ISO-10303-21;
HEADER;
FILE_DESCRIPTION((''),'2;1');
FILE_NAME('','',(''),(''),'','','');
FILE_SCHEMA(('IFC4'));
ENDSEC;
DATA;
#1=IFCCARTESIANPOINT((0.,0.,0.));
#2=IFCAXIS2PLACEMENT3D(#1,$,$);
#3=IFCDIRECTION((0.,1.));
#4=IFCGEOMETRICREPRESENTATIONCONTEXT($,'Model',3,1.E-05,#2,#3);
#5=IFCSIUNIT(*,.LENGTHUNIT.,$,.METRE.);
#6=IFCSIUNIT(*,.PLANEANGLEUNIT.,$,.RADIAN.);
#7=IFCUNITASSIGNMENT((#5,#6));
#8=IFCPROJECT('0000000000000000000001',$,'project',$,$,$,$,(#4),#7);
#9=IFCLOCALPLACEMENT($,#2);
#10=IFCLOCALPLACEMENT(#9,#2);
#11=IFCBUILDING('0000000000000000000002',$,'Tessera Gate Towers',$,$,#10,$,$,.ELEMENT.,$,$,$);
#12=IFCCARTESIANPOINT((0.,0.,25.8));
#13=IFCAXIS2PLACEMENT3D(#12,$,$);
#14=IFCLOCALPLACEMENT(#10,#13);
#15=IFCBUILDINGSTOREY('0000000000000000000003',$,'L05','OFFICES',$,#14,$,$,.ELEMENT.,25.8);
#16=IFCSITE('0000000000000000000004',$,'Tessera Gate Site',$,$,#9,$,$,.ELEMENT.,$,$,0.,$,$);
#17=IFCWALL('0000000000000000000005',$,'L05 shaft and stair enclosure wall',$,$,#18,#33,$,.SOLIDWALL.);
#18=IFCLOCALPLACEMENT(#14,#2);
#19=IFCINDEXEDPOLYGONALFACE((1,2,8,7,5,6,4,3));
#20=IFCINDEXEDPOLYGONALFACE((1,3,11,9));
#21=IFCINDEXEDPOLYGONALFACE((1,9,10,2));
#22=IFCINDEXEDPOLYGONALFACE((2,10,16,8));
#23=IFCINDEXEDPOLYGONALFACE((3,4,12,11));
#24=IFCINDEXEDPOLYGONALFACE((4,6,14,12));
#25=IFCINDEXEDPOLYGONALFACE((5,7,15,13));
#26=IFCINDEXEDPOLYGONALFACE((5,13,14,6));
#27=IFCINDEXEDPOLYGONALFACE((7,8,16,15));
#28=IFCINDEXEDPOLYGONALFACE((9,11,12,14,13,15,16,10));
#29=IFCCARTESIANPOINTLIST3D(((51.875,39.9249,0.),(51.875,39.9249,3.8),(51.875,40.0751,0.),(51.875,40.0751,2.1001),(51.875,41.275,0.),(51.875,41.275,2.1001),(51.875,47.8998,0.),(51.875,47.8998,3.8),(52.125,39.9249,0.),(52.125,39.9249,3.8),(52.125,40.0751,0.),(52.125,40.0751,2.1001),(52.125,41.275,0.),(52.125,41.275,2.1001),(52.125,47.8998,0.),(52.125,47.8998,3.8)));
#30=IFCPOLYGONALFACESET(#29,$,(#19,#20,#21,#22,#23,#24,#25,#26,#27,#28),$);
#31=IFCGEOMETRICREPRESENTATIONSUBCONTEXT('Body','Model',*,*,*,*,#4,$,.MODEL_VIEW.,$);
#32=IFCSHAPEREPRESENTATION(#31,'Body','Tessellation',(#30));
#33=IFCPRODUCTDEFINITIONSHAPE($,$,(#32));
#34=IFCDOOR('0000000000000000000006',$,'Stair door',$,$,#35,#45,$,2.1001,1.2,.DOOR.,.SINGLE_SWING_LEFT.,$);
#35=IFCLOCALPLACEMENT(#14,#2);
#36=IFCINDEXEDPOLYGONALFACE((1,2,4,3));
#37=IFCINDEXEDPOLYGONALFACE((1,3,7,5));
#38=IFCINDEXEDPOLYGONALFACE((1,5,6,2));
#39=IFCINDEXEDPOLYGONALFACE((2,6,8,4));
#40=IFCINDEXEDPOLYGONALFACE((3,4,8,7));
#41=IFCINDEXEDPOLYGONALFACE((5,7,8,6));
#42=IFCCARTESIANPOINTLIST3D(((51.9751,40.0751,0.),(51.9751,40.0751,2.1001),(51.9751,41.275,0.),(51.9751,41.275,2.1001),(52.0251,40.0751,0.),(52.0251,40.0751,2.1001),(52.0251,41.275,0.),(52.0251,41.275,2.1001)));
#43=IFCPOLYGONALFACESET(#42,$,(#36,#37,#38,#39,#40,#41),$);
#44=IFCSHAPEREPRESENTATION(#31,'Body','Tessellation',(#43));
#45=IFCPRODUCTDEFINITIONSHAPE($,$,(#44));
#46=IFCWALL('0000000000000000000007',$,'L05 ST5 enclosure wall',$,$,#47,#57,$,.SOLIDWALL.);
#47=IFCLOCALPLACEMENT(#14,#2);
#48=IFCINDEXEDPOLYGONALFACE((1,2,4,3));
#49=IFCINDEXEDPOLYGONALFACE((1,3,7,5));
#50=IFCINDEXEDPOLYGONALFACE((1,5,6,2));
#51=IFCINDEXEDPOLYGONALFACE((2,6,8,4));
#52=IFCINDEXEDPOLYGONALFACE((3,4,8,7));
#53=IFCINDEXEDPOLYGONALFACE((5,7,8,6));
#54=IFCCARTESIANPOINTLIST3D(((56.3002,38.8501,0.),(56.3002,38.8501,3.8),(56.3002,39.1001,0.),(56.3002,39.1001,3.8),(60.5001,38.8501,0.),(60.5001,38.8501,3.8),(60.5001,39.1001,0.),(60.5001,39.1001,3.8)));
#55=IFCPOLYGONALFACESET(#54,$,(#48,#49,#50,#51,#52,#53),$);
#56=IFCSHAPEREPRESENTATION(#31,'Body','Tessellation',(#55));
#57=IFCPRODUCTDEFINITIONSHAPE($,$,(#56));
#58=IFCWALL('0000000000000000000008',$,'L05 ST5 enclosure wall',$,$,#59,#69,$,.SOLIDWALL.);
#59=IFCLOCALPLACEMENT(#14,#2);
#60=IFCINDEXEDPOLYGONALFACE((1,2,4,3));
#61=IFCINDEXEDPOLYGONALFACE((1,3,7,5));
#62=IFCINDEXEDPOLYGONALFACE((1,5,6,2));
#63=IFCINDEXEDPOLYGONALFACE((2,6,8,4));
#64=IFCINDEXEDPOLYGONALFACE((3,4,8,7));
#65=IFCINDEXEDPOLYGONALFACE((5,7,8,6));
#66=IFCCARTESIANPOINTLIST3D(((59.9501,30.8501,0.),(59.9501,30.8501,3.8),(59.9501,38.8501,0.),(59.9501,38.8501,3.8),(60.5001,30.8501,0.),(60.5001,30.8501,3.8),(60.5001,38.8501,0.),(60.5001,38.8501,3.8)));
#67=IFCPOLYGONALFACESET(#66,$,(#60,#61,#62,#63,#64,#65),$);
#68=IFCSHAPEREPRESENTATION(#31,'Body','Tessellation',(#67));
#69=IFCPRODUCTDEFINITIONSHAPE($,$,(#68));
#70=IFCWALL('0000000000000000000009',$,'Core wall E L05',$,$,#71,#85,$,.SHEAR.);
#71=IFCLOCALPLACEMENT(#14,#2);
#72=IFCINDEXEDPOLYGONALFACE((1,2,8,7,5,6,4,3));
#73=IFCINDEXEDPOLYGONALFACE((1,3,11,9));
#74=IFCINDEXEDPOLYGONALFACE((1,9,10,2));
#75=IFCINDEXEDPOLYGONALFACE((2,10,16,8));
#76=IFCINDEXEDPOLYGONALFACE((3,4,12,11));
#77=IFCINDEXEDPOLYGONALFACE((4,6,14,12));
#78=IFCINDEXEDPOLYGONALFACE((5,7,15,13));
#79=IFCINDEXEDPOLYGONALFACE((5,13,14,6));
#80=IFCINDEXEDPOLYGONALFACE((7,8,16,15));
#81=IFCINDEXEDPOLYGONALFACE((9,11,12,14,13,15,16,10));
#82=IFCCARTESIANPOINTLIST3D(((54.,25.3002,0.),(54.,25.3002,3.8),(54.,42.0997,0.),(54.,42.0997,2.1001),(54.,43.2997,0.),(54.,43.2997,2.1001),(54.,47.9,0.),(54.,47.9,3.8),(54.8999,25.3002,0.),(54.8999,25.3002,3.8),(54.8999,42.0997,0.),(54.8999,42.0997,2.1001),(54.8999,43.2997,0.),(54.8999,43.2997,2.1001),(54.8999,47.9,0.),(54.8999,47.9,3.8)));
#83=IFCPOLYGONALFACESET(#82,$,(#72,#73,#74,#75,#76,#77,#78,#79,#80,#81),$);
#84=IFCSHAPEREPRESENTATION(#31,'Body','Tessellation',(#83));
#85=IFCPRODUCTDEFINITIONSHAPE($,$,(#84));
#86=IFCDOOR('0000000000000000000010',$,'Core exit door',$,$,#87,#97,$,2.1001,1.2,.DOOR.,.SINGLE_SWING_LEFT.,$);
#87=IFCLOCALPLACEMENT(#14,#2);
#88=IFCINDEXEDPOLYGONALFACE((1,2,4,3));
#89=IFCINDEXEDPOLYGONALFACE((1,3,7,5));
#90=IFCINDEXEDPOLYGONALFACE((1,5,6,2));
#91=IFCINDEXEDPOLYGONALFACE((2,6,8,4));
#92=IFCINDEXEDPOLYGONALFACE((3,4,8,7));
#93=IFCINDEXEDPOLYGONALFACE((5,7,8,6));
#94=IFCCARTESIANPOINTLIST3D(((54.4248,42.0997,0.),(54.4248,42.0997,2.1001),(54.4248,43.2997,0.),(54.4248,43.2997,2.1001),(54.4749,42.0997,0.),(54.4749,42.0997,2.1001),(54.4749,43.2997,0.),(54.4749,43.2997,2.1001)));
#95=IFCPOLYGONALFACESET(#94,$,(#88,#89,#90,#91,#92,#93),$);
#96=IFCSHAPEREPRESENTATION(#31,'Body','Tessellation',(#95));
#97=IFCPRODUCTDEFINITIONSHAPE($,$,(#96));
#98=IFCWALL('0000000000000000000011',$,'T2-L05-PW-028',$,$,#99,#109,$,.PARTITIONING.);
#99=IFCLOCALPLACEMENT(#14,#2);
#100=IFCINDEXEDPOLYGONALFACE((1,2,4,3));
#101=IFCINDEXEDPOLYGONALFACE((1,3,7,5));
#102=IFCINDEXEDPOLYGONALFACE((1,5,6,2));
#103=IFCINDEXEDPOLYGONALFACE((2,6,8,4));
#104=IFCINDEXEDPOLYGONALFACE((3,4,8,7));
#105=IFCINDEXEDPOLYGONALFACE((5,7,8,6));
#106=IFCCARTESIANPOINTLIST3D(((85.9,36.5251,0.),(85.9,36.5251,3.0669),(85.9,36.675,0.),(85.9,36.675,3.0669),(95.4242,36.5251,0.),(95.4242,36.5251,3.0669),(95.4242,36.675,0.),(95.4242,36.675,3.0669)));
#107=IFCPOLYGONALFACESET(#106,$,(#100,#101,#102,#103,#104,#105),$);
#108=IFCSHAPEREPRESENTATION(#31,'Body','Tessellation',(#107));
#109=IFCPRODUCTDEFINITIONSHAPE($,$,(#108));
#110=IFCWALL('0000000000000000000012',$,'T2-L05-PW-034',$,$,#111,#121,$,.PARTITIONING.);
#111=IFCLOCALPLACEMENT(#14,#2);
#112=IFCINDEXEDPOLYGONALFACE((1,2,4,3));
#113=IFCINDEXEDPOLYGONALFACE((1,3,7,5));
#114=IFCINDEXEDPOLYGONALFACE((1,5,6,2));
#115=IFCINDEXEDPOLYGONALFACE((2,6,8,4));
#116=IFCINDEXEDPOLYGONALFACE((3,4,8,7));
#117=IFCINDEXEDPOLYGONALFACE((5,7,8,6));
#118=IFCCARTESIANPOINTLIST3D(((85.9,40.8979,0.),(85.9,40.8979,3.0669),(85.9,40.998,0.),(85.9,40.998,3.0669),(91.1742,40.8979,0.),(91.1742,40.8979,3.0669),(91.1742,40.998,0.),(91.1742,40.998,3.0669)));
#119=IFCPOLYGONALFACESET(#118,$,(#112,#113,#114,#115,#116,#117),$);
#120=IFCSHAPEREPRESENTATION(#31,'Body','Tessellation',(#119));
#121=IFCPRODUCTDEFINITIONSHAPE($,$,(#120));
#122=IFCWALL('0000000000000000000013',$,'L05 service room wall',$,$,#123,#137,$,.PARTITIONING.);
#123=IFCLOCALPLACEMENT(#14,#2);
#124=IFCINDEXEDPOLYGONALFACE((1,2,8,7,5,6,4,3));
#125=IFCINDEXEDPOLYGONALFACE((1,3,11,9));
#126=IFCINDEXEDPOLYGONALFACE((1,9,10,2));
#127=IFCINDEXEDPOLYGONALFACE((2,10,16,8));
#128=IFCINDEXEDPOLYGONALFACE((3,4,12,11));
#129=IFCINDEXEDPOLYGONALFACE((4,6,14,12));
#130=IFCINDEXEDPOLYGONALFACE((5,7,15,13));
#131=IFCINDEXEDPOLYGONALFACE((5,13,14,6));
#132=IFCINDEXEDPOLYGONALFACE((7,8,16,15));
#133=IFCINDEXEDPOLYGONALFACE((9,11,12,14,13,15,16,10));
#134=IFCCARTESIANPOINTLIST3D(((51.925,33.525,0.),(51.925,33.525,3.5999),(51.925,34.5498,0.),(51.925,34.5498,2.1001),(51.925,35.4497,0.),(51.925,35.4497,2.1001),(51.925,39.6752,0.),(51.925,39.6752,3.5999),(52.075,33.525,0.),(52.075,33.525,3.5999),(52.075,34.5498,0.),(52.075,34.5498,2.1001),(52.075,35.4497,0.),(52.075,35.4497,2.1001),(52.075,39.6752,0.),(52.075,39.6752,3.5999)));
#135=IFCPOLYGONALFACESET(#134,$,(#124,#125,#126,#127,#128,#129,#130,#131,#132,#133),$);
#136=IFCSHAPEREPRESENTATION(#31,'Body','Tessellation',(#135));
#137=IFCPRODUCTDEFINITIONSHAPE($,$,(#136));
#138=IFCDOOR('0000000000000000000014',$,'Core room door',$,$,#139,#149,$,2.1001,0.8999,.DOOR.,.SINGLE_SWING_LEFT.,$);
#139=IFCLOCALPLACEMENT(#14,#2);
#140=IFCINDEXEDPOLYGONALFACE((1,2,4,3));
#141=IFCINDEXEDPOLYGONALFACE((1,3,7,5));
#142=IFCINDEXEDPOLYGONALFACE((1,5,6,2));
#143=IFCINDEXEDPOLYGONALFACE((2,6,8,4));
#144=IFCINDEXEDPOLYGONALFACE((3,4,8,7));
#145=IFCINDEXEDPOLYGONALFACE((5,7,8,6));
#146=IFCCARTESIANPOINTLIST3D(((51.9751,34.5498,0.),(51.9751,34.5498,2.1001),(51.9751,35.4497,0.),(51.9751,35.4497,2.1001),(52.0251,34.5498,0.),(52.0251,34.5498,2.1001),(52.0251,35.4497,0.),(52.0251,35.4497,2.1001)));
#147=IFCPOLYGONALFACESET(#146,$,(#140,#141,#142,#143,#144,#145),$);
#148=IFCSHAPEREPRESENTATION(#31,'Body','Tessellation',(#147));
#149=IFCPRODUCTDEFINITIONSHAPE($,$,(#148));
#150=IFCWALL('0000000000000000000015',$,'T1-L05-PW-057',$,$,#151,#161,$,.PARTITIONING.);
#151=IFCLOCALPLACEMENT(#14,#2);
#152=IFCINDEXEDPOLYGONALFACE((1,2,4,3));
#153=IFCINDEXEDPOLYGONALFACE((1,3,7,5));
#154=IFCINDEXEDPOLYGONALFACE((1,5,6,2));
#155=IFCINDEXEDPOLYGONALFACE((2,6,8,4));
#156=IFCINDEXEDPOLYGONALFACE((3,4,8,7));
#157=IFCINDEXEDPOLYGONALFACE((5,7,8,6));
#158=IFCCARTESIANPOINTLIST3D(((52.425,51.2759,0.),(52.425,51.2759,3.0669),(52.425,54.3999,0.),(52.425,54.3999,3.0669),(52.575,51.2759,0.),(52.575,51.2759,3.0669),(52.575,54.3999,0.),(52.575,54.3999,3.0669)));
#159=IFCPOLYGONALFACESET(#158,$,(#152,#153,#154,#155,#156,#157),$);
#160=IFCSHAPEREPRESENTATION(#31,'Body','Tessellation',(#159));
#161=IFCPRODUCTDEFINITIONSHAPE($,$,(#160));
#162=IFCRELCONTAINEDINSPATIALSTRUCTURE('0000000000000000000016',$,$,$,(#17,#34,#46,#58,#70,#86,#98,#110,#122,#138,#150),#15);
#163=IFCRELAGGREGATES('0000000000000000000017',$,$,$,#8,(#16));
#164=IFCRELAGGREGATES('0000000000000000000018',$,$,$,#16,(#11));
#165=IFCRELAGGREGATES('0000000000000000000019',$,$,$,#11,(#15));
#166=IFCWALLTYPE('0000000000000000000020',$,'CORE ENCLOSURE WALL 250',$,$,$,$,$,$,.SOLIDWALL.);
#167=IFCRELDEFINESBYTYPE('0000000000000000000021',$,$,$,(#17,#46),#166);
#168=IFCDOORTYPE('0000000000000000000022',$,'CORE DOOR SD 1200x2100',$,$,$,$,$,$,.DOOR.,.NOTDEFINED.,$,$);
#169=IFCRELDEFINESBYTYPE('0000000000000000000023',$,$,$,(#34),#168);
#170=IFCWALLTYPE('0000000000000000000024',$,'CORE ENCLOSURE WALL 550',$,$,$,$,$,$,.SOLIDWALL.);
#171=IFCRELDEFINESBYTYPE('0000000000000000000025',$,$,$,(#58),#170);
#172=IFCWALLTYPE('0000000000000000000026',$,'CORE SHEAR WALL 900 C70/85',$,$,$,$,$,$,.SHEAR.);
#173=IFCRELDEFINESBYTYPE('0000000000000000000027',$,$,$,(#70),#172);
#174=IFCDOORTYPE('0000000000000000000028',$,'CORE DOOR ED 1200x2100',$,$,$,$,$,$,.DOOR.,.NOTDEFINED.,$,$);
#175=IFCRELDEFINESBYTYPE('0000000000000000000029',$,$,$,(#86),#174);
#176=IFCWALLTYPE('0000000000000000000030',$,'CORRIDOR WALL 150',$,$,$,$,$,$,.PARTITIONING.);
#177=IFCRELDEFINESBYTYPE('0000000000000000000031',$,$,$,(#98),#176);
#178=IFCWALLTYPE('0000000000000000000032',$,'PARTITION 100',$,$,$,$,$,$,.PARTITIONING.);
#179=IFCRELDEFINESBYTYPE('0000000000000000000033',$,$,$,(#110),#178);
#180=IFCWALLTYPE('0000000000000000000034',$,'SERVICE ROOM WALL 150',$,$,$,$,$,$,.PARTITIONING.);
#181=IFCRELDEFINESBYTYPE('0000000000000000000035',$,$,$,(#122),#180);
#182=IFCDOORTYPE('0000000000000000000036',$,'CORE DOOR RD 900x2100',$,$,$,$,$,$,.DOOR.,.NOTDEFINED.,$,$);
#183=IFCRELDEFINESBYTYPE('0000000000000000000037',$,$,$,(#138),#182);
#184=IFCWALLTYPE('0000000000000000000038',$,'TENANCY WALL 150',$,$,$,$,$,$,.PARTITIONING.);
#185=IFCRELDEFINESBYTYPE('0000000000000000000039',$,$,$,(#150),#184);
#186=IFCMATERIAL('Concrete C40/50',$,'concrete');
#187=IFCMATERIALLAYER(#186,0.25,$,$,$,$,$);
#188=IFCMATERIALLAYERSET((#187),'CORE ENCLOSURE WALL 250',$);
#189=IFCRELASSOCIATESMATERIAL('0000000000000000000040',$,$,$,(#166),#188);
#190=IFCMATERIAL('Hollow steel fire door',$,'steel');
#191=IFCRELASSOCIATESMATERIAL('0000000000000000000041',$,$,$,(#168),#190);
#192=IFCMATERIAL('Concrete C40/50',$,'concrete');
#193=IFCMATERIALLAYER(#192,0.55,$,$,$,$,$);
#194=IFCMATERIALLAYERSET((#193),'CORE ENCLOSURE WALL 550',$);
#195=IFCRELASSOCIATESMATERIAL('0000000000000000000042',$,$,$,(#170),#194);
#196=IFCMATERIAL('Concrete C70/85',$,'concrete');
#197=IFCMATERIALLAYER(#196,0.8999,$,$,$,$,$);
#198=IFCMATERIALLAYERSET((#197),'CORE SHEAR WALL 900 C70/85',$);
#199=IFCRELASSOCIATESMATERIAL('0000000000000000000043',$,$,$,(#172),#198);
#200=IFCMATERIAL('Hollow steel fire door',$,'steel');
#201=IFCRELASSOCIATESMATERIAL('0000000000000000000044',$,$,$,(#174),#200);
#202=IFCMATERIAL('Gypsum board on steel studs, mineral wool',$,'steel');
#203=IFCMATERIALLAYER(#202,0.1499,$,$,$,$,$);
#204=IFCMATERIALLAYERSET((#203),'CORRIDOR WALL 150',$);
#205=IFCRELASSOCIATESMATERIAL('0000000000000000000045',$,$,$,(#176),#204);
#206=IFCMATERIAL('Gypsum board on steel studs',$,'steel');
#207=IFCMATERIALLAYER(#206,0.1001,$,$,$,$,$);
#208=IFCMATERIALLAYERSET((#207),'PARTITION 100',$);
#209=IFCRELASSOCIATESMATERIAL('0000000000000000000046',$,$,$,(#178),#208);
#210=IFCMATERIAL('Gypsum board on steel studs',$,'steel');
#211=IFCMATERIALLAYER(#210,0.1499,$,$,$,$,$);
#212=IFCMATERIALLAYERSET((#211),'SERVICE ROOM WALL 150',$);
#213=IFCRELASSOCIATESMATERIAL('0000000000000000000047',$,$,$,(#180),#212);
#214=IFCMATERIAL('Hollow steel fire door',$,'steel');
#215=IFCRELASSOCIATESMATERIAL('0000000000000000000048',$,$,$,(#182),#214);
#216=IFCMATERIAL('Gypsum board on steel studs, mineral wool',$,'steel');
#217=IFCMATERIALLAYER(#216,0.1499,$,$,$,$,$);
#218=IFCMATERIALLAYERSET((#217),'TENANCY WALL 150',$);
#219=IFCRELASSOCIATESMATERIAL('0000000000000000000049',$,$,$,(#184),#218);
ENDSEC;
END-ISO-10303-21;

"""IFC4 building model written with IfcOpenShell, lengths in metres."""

from ifc_helpers import new_model, si_unit, direction, frame, frame_2d, origin, place, context, subcontext, project, spatial, rectangle, extrude, source, transform, mapped, material, layer, layer_set, type_object, element, fill, save


model = new_model("IFC4")

# Units and contexts
model_context = context("Model", 3, precision=1e-05, world=origin(), true_north=direction((0.0, 1.0)))
body_context = subcontext(model_context, "Body", "Model", "MODEL_VIEW")
ifc_project = project(units=[si_unit("LENGTHUNIT", "METRE"), si_unit("PLANEANGLEUNIT", "RADIAN")], contexts=[model_context])

# Site, building, storey
site_placement = place(None, origin())
site = spatial("IfcSite", under=ifc_project, at=site_placement, Name="Tessera Gate Site", CompositionType="ELEMENT", RefElevation=0.0)
building_placement = place(site_placement, origin())
building = spatial("IfcBuilding", under=site, at=building_placement, Name="Tessera Gate Towers", CompositionType="ELEMENT")
storey_placement = place(building_placement, frame((0.0, 0.0, 25.8)))
storey = spatial("IfcBuildingStorey", under=building, at=storey_placement, Name="L05", Description="OFFICES", CompositionType="ELEMENT", Elevation=25.8)

# Wall, opening, door
ifc_material_1 = material(Name="Concrete C40/50", Category="concrete")
ifc_layer_1 = layer(ifc_material_1, 0.25)
ifc_layer_set_1 = layer_set([ifc_layer_1], Name="CORE ENCLOSURE WALL 250")
wall_type_1 = type_object("IfcWallType", Name="CORE ENCLOSURE WALL 250", PredefinedType="SOLIDWALL", material=ifc_layer_set_1)
wall_1_placement = place(storey_placement, frame((52.0, 39.925, 0.0), z_axis=(0.0, 0.0, 1.0), x_axis=(0.0, 1.0, 0.0)))
wall_1 = element("IfcWall", 1, at=wall_1_placement, inside=storey, type_object=wall_type_1, Name="L05 shaft and stair enclosure wall", PredefinedType="SOLIDWALL", context=body_context, shape_type="SweptSolid", body=[
    extrude(rectangle(XDim=7.9749, YDim=0.25, at=frame_2d((3.9873, 0.0))), origin(), (0.0, 0.0, 1.0), 3.8),
])
shared_shape_1 = source(origin(), body_context, "Body", "SweptSolid", [
    extrude(rectangle(XDim=1.2, YDim=2.1001, at=frame_2d((0.6001, 1.05))), frame((0.0, 0.135, 0.0), z_axis=(0.0, -1.0, 0.0), x_axis=(1.0, 0.0, 0.0)), (0.0, 0.0, 1.0), 0.27),
])
opening_1_placement = place(wall_1_placement, frame((0.1499, 0.0, 0.0)))
opening_1 = element("IfcOpeningElement", 2, at=opening_1_placement, cuts=wall_1, PredefinedType="OPENING", context=body_context, shape_type="MappedRepresentation", body=[
    mapped(shared_shape_1, transform((0.0, 0.0, 0.0), scale=1.0)),
])
ifc_material_2 = material(Name="Hollow steel fire door", Category="steel")
door_type_1 = type_object("IfcDoorType", Name="CORE DOOR SD 1200x2100", OperationType="NOTDEFINED", PredefinedType="DOOR", material=ifc_material_2)
shared_shape_2 = source(origin(), body_context, "Body", "SweptSolid", [
    extrude(rectangle(XDim=1.2, YDim=2.1001, at=frame_2d((0.6001, 1.05))), frame((0.0, 0.0249, 0.0), z_axis=(0.0, -1.0, 0.0), x_axis=(1.0, 0.0, 0.0)), (0.0, 0.0, 1.0), 0.05),
])
door_1_placement = place(opening_1_placement, origin())
door_1 = element("IfcDoor", 3, at=door_1_placement, inside=storey, type_object=door_type_1, Name="Stair door", OperationType="SINGLE_SWING_LEFT", OverallHeight=2.1001, OverallWidth=1.2, PredefinedType="DOOR", context=body_context, shape_type="MappedRepresentation", body=[
    mapped(shared_shape_2, transform((0.0, 0.0, 0.0), scale=1.0)),
])
fill(opening_1, door_1)

# Walls
wall_2_placement = place(storey_placement, frame((56.3, 38.9751, 0.0), z_axis=(0.0, 0.0, 1.0), x_axis=(1.0, 0.0, 0.0)))
element("IfcWall", 4, at=wall_2_placement, inside=storey, type_object=wall_type_1, Name="L05 ST5 enclosure wall", PredefinedType="SOLIDWALL", context=body_context, shape_type="SweptSolid", body=[
    extrude(rectangle(XDim=4.2, YDim=0.25, at=frame_2d((2.1001, 0.0))), origin(), (0.0, 0.0, 1.0), 3.8),
])
ifc_material_3 = material(Name="Concrete C40/50", Category="concrete")
ifc_layer_2 = layer(ifc_material_3, 0.55)
ifc_layer_set_2 = layer_set([ifc_layer_2], Name="CORE ENCLOSURE WALL 550")
wall_type_2 = type_object("IfcWallType", Name="CORE ENCLOSURE WALL 550", PredefinedType="SOLIDWALL", material=ifc_layer_set_2)
wall_3_placement = place(storey_placement, frame((60.2251, 38.8501, 0.0), z_axis=(0.0, 0.0, 1.0), x_axis=(0.0, -1.0, 0.0)))
element("IfcWall", 5, at=wall_3_placement, inside=storey, type_object=wall_type_2, Name="L05 ST5 enclosure wall", PredefinedType="SOLIDWALL", context=body_context, shape_type="SweptSolid", body=[
    extrude(rectangle(XDim=8.0, YDim=0.55, at=frame_2d((4.0, 0.0))), origin(), (0.0, 0.0, 1.0), 3.8),
])

# Wall, opening, door
ifc_material_4 = material(Name="Concrete C70/85", Category="concrete")
ifc_layer_3 = layer(ifc_material_4, 0.8999)
ifc_layer_set_3 = layer_set([ifc_layer_3], Name="CORE SHEAR WALL 900 C70/85")
wall_type_3 = type_object("IfcWallType", Name="CORE SHEAR WALL 900 C70/85", PredefinedType="SHEAR", material=ifc_layer_set_3)
wall_4_placement = place(storey_placement, frame((54.45, 47.8999, 0.0), z_axis=(0.0, 0.0, 1.0), x_axis=(0.0, -1.0, 0.0)))
wall_4 = element("IfcWall", 6, at=wall_4_placement, inside=storey, type_object=wall_type_3, Name="Core wall E L05", PredefinedType="SHEAR", context=body_context, shape_type="SweptSolid", body=[
    extrude(rectangle(XDim=22.5999, YDim=0.8999, at=frame_2d((11.2998, 0.0))), origin(), (0.0, 0.0, 1.0), 3.8),
])
shared_shape_3 = source(origin(), body_context, "Body", "SweptSolid", [
    extrude(rectangle(XDim=1.2, YDim=2.1001, at=frame_2d((0.6001, 1.05))), frame((0.0, 0.46, 0.0), z_axis=(0.0, -1.0, 0.0), x_axis=(1.0, 0.0, 0.0)), (0.0, 0.0, 1.0), 0.9199),
])
opening_2_placement = place(wall_4_placement, frame((4.6001, 0.0, 0.0)))
opening_2 = element("IfcOpeningElement", 7, at=opening_2_placement, cuts=wall_4, PredefinedType="OPENING", context=body_context, shape_type="MappedRepresentation", body=[
    mapped(shared_shape_3, transform((0.0, 0.0, 0.0), scale=1.0)),
])
ifc_material_5 = material(Name="Hollow steel fire door", Category="steel")
door_type_2 = type_object("IfcDoorType", Name="CORE DOOR ED 1200x2100", OperationType="NOTDEFINED", PredefinedType="DOOR", material=ifc_material_5)
door_2_placement = place(opening_2_placement, origin())
door_2 = element("IfcDoor", 8, at=door_2_placement, inside=storey, type_object=door_type_2, Name="Core exit door", OperationType="SINGLE_SWING_LEFT", OverallHeight=2.1001, OverallWidth=1.2, PredefinedType="DOOR", context=body_context, shape_type="MappedRepresentation", body=[
    mapped(shared_shape_2, transform((0.0, 0.0, 0.0), scale=1.0)),
])
fill(opening_2, door_2)

# Walls
ifc_material_6 = material(Name="Gypsum board on steel studs, mineral wool", Category="steel")
ifc_layer_4 = layer(ifc_material_6, 0.1499)
ifc_layer_set_4 = layer_set([ifc_layer_4], Name="CORRIDOR WALL 150")
wall_type_4 = type_object("IfcWallType", Name="CORRIDOR WALL 150", PredefinedType="PARTITIONING", material=ifc_layer_set_4)
wall_5_placement = place(storey_placement, frame((85.8999, 36.6001, 0.0), z_axis=(0.0, 0.0, 1.0), x_axis=(1.0, 0.0, 0.0)))
element("IfcWall", 9, at=wall_5_placement, inside=storey, type_object=wall_type_4, Name="T2-L05-PW-028", PredefinedType="PARTITIONING", context=body_context, shape_type="SweptSolid", body=[
    extrude(rectangle(XDim=9.5242, YDim=0.1499, at=frame_2d((4.7622, 0.0))), origin(), (0.0, 0.0, 1.0), 3.0669),
])
ifc_material_7 = material(Name="Gypsum board on steel studs", Category="steel")
ifc_layer_5 = layer(ifc_material_7, 0.1001)
ifc_layer_set_5 = layer_set([ifc_layer_5], Name="PARTITION 100")
wall_type_5 = type_object("IfcWallType", Name="PARTITION 100", PredefinedType="PARTITIONING", material=ifc_layer_set_5)
wall_6_placement = place(storey_placement, frame((85.8999, 40.948, 0.0), z_axis=(0.0, 0.0, 1.0), x_axis=(1.0, 0.0, 0.0)))
element("IfcWall", 10, at=wall_6_placement, inside=storey, type_object=wall_type_5, Name="T2-L05-PW-034", PredefinedType="PARTITIONING", context=body_context, shape_type="SweptSolid", body=[
    extrude(rectangle(XDim=5.2742, YDim=0.1001, at=frame_2d((2.6372, 0.0))), origin(), (0.0, 0.0, 1.0), 3.0669),
])

# Wall, opening, door
ifc_material_8 = material(Name="Gypsum board on steel studs", Category="steel")
ifc_layer_6 = layer(ifc_material_8, 0.1499)
ifc_layer_set_6 = layer_set([ifc_layer_6], Name="SERVICE ROOM WALL 150")
wall_type_6 = type_object("IfcWallType", Name="SERVICE ROOM WALL 150", PredefinedType="PARTITIONING", material=ifc_layer_set_6)
wall_7_placement = place(storey_placement, frame((52.0, 33.5249, 0.0), z_axis=(0.0, 0.0, 1.0), x_axis=(0.0, 1.0, 0.0)))
wall_7 = element("IfcWall", 11, at=wall_7_placement, inside=storey, type_object=wall_type_6, Name="L05 service room wall", PredefinedType="PARTITIONING", context=body_context, shape_type="SweptSolid", body=[
    extrude(rectangle(XDim=6.1501, YDim=0.1499, at=frame_2d((3.0752, 0.0))), origin(), (0.0, 0.0, 1.0), 3.5999),
])
shared_shape_4 = source(origin(), body_context, "Body", "SweptSolid", [
    extrude(rectangle(XDim=0.8999, YDim=2.1001, at=frame_2d((0.45, 1.05))), frame((0.0, 0.085, 0.0), z_axis=(0.0, -1.0, 0.0), x_axis=(1.0, 0.0, 0.0)), (0.0, 0.0, 1.0), 0.1699),
])
opening_3_placement = place(wall_7_placement, frame((1.0249, 0.0, 0.0)))
opening_3 = element("IfcOpeningElement", 12, at=opening_3_placement, cuts=wall_7, PredefinedType="OPENING", context=body_context, shape_type="MappedRepresentation", body=[
    mapped(shared_shape_4, transform((0.0, 0.0, 0.0), scale=1.0)),
])
ifc_material_9 = material(Name="Hollow steel fire door", Category="steel")
door_type_3 = type_object("IfcDoorType", Name="CORE DOOR RD 900x2100", OperationType="NOTDEFINED", PredefinedType="DOOR", material=ifc_material_9)
shared_shape_5 = source(origin(), body_context, "Body", "SweptSolid", [
    extrude(rectangle(XDim=0.8999, YDim=2.1001, at=frame_2d((0.45, 1.05))), frame((0.0, 0.0249, 0.0), z_axis=(0.0, -1.0, 0.0), x_axis=(1.0, 0.0, 0.0)), (0.0, 0.0, 1.0), 0.05),
])
door_3_placement = place(opening_3_placement, origin())
door_3 = element("IfcDoor", 13, at=door_3_placement, inside=storey, type_object=door_type_3, Name="Core room door", OperationType="SINGLE_SWING_LEFT", OverallHeight=2.1001, OverallWidth=0.8999, PredefinedType="DOOR", context=body_context, shape_type="MappedRepresentation", body=[
    mapped(shared_shape_5, transform((0.0, 0.0, 0.0), scale=1.0)),
])
fill(opening_3, door_3)

# Wall
ifc_material_10 = material(Name="Gypsum board on steel studs, mineral wool", Category="steel")
ifc_layer_7 = layer(ifc_material_10, 0.1499)
ifc_layer_set_7 = layer_set([ifc_layer_7], Name="TENANCY WALL 150")
wall_type_7 = type_object("IfcWallType", Name="TENANCY WALL 150", PredefinedType="PARTITIONING", material=ifc_layer_set_7)
wall_8_placement = place(storey_placement, frame((52.5, 51.2759, 0.0), z_axis=(0.0, 0.0, 1.0), x_axis=(0.0, 1.0, 0.0)))
element("IfcWall", 14, at=wall_8_placement, inside=storey, type_object=wall_type_7, Name="T1-L05-PW-057", PredefinedType="PARTITIONING", context=body_context, shape_type="SweptSolid", body=[
    extrude(rectangle(XDim=3.124, YDim=0.1499, at=frame_2d((1.562, 0.0))), origin(), (0.0, 0.0, 1.0), 3.0669),
])

save(model, "model.ifc")
